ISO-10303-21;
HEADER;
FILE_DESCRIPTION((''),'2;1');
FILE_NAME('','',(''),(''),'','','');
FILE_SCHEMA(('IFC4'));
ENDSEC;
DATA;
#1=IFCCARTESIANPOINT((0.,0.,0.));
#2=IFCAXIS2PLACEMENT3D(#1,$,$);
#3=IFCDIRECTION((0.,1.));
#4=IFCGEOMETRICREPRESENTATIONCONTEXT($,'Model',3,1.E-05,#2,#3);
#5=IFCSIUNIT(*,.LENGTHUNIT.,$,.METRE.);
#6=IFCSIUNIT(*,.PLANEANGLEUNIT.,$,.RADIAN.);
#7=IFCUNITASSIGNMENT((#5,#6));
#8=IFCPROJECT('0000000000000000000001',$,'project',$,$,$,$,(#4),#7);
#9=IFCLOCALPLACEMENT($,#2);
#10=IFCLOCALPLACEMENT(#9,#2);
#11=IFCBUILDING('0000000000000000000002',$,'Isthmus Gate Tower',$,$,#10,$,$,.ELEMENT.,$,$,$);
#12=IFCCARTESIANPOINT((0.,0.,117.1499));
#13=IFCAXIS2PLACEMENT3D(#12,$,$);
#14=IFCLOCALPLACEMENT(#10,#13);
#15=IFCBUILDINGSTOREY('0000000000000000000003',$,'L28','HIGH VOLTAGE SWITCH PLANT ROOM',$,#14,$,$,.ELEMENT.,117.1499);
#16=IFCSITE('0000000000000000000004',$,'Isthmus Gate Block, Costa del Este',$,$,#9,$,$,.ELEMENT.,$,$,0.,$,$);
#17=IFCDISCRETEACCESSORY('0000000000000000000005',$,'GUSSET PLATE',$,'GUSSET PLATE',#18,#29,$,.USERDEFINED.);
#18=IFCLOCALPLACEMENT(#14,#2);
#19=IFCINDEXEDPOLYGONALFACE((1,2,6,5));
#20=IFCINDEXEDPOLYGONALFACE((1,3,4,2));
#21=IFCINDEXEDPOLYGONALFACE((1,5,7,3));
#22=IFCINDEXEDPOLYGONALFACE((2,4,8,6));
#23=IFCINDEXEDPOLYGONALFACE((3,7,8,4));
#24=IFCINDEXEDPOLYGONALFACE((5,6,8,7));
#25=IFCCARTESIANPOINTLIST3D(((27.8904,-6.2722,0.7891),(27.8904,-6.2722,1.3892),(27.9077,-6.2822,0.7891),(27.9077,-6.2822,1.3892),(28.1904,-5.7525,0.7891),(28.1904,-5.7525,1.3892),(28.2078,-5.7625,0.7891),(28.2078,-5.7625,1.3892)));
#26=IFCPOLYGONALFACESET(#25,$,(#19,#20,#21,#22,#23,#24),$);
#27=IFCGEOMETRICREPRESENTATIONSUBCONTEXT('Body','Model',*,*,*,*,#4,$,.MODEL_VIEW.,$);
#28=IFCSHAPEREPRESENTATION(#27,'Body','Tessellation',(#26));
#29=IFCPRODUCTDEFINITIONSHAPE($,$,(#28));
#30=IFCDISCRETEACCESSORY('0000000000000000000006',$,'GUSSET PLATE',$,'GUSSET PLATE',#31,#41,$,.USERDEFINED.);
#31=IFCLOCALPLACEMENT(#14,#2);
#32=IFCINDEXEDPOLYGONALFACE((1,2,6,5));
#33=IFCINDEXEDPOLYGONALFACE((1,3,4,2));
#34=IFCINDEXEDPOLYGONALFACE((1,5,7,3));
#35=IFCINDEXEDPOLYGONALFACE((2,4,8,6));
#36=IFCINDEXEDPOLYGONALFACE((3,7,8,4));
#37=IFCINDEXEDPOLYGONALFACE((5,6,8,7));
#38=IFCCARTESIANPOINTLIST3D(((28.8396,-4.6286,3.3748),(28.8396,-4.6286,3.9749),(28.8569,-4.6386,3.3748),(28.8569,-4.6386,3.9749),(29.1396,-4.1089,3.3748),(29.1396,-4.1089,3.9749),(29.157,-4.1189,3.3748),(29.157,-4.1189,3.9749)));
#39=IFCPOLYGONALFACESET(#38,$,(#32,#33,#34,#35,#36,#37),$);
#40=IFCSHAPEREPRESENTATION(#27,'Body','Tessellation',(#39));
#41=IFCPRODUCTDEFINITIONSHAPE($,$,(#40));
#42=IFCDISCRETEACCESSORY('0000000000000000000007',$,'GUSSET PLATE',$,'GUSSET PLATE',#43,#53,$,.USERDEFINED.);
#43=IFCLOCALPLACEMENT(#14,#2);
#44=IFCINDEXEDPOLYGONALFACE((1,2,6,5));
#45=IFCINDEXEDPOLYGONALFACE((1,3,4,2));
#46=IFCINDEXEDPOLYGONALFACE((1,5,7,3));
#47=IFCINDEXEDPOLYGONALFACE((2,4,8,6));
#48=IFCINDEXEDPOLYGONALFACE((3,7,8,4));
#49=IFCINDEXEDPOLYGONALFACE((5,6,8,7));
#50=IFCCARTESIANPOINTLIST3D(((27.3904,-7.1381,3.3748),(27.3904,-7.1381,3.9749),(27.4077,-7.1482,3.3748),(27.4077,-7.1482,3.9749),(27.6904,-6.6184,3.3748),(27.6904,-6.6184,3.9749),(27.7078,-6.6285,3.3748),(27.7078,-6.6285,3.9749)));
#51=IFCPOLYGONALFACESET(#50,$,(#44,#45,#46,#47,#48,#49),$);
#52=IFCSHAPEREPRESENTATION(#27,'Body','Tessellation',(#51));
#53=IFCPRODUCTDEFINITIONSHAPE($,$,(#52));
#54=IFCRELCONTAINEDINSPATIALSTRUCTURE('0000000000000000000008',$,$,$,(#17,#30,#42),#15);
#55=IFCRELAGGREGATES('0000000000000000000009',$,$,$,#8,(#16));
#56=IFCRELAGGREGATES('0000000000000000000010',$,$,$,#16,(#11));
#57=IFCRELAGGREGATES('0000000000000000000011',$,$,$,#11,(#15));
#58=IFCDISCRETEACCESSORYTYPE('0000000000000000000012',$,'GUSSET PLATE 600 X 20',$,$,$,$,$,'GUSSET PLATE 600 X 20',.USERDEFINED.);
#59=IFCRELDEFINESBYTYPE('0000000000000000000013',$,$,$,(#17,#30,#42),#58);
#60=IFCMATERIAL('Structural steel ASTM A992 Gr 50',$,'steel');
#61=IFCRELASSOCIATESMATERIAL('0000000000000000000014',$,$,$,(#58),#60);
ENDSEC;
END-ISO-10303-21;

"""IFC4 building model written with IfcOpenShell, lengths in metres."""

from ifc_helpers import new_model, si_unit, direction, frame, origin, origin_2d, place, context, subcontext, project, spatial, rectangle, extrude, material, type_object, element, save


model = new_model("IFC4")

# Units and contexts
model_context = context("Model", 3, precision=1e-05, world=origin(), true_north=direction((0.0, 1.0)))
body_context = subcontext(model_context, "Body", "Model", "MODEL_VIEW")
ifc_project = project(units=[si_unit("LENGTHUNIT", "METRE"), si_unit("PLANEANGLEUNIT", "RADIAN")], contexts=[model_context])

# Site, building, storey
site_placement = place(None, origin())
site = spatial("IfcSite", under=ifc_project, at=site_placement, Name="Isthmus Gate Block, Costa del Este", CompositionType="ELEMENT", RefElevation=0.0)
building_placement = place(site_placement, origin())
building = spatial("IfcBuilding", under=site, at=building_placement, Name="Isthmus Gate Tower", CompositionType="ELEMENT")
storey_placement = place(building_placement, frame((0.0, 0.0, 117.1499)))
storey = spatial("IfcBuildingStorey", under=building, at=storey_placement, Name="L28", Description="HIGH VOLTAGE SWITCH PLANT ROOM", CompositionType="ELEMENT", Elevation=117.1499)

# Discrete accessories
ifc_material_1 = material(Name="Structural steel ASTM A992 Gr 50", Category="steel")
discrete_accessory_type = type_object("IfcDiscreteAccessoryType", Name="GUSSET PLATE 600 X 20", ElementType="GUSSET PLATE 600 X 20", PredefinedType="USERDEFINED", material=ifc_material_1)
for number, where, z_axis, x_axis, name in (
    (1, (28.0491, -6.0173, 0.7891), (0.0, 0.0, 1.0), (0.5, 0.866025, 0.0), "GUSSET PLATE"),
    (2, (28.9983, -4.3738, 3.3748), (0.0, 0.0, 1.0), (0.5, 0.866025, 0.0), "GUSSET PLATE"),
    (3, (27.5491, -6.8833, 3.3748), (0.0, 0.0, 1.0), (0.5, 0.866025, 0.0), "GUSSET PLATE"),
):
    element("IfcDiscreteAccessory", number, at=place(storey_placement, frame(where, z_axis=z_axis, x_axis=x_axis)), inside=storey, type_object=discrete_accessory_type, Name=name, ObjectType="GUSSET PLATE", PredefinedType="USERDEFINED", context=body_context, shape_type="SweptSolid", body=[
        extrude(rectangle(XDim=0.6001, YDim=0.02, at=origin_2d()), origin(), (0.0, 0.0, 1.0), 0.6001),
    ])

save(model, "model.ifc")
